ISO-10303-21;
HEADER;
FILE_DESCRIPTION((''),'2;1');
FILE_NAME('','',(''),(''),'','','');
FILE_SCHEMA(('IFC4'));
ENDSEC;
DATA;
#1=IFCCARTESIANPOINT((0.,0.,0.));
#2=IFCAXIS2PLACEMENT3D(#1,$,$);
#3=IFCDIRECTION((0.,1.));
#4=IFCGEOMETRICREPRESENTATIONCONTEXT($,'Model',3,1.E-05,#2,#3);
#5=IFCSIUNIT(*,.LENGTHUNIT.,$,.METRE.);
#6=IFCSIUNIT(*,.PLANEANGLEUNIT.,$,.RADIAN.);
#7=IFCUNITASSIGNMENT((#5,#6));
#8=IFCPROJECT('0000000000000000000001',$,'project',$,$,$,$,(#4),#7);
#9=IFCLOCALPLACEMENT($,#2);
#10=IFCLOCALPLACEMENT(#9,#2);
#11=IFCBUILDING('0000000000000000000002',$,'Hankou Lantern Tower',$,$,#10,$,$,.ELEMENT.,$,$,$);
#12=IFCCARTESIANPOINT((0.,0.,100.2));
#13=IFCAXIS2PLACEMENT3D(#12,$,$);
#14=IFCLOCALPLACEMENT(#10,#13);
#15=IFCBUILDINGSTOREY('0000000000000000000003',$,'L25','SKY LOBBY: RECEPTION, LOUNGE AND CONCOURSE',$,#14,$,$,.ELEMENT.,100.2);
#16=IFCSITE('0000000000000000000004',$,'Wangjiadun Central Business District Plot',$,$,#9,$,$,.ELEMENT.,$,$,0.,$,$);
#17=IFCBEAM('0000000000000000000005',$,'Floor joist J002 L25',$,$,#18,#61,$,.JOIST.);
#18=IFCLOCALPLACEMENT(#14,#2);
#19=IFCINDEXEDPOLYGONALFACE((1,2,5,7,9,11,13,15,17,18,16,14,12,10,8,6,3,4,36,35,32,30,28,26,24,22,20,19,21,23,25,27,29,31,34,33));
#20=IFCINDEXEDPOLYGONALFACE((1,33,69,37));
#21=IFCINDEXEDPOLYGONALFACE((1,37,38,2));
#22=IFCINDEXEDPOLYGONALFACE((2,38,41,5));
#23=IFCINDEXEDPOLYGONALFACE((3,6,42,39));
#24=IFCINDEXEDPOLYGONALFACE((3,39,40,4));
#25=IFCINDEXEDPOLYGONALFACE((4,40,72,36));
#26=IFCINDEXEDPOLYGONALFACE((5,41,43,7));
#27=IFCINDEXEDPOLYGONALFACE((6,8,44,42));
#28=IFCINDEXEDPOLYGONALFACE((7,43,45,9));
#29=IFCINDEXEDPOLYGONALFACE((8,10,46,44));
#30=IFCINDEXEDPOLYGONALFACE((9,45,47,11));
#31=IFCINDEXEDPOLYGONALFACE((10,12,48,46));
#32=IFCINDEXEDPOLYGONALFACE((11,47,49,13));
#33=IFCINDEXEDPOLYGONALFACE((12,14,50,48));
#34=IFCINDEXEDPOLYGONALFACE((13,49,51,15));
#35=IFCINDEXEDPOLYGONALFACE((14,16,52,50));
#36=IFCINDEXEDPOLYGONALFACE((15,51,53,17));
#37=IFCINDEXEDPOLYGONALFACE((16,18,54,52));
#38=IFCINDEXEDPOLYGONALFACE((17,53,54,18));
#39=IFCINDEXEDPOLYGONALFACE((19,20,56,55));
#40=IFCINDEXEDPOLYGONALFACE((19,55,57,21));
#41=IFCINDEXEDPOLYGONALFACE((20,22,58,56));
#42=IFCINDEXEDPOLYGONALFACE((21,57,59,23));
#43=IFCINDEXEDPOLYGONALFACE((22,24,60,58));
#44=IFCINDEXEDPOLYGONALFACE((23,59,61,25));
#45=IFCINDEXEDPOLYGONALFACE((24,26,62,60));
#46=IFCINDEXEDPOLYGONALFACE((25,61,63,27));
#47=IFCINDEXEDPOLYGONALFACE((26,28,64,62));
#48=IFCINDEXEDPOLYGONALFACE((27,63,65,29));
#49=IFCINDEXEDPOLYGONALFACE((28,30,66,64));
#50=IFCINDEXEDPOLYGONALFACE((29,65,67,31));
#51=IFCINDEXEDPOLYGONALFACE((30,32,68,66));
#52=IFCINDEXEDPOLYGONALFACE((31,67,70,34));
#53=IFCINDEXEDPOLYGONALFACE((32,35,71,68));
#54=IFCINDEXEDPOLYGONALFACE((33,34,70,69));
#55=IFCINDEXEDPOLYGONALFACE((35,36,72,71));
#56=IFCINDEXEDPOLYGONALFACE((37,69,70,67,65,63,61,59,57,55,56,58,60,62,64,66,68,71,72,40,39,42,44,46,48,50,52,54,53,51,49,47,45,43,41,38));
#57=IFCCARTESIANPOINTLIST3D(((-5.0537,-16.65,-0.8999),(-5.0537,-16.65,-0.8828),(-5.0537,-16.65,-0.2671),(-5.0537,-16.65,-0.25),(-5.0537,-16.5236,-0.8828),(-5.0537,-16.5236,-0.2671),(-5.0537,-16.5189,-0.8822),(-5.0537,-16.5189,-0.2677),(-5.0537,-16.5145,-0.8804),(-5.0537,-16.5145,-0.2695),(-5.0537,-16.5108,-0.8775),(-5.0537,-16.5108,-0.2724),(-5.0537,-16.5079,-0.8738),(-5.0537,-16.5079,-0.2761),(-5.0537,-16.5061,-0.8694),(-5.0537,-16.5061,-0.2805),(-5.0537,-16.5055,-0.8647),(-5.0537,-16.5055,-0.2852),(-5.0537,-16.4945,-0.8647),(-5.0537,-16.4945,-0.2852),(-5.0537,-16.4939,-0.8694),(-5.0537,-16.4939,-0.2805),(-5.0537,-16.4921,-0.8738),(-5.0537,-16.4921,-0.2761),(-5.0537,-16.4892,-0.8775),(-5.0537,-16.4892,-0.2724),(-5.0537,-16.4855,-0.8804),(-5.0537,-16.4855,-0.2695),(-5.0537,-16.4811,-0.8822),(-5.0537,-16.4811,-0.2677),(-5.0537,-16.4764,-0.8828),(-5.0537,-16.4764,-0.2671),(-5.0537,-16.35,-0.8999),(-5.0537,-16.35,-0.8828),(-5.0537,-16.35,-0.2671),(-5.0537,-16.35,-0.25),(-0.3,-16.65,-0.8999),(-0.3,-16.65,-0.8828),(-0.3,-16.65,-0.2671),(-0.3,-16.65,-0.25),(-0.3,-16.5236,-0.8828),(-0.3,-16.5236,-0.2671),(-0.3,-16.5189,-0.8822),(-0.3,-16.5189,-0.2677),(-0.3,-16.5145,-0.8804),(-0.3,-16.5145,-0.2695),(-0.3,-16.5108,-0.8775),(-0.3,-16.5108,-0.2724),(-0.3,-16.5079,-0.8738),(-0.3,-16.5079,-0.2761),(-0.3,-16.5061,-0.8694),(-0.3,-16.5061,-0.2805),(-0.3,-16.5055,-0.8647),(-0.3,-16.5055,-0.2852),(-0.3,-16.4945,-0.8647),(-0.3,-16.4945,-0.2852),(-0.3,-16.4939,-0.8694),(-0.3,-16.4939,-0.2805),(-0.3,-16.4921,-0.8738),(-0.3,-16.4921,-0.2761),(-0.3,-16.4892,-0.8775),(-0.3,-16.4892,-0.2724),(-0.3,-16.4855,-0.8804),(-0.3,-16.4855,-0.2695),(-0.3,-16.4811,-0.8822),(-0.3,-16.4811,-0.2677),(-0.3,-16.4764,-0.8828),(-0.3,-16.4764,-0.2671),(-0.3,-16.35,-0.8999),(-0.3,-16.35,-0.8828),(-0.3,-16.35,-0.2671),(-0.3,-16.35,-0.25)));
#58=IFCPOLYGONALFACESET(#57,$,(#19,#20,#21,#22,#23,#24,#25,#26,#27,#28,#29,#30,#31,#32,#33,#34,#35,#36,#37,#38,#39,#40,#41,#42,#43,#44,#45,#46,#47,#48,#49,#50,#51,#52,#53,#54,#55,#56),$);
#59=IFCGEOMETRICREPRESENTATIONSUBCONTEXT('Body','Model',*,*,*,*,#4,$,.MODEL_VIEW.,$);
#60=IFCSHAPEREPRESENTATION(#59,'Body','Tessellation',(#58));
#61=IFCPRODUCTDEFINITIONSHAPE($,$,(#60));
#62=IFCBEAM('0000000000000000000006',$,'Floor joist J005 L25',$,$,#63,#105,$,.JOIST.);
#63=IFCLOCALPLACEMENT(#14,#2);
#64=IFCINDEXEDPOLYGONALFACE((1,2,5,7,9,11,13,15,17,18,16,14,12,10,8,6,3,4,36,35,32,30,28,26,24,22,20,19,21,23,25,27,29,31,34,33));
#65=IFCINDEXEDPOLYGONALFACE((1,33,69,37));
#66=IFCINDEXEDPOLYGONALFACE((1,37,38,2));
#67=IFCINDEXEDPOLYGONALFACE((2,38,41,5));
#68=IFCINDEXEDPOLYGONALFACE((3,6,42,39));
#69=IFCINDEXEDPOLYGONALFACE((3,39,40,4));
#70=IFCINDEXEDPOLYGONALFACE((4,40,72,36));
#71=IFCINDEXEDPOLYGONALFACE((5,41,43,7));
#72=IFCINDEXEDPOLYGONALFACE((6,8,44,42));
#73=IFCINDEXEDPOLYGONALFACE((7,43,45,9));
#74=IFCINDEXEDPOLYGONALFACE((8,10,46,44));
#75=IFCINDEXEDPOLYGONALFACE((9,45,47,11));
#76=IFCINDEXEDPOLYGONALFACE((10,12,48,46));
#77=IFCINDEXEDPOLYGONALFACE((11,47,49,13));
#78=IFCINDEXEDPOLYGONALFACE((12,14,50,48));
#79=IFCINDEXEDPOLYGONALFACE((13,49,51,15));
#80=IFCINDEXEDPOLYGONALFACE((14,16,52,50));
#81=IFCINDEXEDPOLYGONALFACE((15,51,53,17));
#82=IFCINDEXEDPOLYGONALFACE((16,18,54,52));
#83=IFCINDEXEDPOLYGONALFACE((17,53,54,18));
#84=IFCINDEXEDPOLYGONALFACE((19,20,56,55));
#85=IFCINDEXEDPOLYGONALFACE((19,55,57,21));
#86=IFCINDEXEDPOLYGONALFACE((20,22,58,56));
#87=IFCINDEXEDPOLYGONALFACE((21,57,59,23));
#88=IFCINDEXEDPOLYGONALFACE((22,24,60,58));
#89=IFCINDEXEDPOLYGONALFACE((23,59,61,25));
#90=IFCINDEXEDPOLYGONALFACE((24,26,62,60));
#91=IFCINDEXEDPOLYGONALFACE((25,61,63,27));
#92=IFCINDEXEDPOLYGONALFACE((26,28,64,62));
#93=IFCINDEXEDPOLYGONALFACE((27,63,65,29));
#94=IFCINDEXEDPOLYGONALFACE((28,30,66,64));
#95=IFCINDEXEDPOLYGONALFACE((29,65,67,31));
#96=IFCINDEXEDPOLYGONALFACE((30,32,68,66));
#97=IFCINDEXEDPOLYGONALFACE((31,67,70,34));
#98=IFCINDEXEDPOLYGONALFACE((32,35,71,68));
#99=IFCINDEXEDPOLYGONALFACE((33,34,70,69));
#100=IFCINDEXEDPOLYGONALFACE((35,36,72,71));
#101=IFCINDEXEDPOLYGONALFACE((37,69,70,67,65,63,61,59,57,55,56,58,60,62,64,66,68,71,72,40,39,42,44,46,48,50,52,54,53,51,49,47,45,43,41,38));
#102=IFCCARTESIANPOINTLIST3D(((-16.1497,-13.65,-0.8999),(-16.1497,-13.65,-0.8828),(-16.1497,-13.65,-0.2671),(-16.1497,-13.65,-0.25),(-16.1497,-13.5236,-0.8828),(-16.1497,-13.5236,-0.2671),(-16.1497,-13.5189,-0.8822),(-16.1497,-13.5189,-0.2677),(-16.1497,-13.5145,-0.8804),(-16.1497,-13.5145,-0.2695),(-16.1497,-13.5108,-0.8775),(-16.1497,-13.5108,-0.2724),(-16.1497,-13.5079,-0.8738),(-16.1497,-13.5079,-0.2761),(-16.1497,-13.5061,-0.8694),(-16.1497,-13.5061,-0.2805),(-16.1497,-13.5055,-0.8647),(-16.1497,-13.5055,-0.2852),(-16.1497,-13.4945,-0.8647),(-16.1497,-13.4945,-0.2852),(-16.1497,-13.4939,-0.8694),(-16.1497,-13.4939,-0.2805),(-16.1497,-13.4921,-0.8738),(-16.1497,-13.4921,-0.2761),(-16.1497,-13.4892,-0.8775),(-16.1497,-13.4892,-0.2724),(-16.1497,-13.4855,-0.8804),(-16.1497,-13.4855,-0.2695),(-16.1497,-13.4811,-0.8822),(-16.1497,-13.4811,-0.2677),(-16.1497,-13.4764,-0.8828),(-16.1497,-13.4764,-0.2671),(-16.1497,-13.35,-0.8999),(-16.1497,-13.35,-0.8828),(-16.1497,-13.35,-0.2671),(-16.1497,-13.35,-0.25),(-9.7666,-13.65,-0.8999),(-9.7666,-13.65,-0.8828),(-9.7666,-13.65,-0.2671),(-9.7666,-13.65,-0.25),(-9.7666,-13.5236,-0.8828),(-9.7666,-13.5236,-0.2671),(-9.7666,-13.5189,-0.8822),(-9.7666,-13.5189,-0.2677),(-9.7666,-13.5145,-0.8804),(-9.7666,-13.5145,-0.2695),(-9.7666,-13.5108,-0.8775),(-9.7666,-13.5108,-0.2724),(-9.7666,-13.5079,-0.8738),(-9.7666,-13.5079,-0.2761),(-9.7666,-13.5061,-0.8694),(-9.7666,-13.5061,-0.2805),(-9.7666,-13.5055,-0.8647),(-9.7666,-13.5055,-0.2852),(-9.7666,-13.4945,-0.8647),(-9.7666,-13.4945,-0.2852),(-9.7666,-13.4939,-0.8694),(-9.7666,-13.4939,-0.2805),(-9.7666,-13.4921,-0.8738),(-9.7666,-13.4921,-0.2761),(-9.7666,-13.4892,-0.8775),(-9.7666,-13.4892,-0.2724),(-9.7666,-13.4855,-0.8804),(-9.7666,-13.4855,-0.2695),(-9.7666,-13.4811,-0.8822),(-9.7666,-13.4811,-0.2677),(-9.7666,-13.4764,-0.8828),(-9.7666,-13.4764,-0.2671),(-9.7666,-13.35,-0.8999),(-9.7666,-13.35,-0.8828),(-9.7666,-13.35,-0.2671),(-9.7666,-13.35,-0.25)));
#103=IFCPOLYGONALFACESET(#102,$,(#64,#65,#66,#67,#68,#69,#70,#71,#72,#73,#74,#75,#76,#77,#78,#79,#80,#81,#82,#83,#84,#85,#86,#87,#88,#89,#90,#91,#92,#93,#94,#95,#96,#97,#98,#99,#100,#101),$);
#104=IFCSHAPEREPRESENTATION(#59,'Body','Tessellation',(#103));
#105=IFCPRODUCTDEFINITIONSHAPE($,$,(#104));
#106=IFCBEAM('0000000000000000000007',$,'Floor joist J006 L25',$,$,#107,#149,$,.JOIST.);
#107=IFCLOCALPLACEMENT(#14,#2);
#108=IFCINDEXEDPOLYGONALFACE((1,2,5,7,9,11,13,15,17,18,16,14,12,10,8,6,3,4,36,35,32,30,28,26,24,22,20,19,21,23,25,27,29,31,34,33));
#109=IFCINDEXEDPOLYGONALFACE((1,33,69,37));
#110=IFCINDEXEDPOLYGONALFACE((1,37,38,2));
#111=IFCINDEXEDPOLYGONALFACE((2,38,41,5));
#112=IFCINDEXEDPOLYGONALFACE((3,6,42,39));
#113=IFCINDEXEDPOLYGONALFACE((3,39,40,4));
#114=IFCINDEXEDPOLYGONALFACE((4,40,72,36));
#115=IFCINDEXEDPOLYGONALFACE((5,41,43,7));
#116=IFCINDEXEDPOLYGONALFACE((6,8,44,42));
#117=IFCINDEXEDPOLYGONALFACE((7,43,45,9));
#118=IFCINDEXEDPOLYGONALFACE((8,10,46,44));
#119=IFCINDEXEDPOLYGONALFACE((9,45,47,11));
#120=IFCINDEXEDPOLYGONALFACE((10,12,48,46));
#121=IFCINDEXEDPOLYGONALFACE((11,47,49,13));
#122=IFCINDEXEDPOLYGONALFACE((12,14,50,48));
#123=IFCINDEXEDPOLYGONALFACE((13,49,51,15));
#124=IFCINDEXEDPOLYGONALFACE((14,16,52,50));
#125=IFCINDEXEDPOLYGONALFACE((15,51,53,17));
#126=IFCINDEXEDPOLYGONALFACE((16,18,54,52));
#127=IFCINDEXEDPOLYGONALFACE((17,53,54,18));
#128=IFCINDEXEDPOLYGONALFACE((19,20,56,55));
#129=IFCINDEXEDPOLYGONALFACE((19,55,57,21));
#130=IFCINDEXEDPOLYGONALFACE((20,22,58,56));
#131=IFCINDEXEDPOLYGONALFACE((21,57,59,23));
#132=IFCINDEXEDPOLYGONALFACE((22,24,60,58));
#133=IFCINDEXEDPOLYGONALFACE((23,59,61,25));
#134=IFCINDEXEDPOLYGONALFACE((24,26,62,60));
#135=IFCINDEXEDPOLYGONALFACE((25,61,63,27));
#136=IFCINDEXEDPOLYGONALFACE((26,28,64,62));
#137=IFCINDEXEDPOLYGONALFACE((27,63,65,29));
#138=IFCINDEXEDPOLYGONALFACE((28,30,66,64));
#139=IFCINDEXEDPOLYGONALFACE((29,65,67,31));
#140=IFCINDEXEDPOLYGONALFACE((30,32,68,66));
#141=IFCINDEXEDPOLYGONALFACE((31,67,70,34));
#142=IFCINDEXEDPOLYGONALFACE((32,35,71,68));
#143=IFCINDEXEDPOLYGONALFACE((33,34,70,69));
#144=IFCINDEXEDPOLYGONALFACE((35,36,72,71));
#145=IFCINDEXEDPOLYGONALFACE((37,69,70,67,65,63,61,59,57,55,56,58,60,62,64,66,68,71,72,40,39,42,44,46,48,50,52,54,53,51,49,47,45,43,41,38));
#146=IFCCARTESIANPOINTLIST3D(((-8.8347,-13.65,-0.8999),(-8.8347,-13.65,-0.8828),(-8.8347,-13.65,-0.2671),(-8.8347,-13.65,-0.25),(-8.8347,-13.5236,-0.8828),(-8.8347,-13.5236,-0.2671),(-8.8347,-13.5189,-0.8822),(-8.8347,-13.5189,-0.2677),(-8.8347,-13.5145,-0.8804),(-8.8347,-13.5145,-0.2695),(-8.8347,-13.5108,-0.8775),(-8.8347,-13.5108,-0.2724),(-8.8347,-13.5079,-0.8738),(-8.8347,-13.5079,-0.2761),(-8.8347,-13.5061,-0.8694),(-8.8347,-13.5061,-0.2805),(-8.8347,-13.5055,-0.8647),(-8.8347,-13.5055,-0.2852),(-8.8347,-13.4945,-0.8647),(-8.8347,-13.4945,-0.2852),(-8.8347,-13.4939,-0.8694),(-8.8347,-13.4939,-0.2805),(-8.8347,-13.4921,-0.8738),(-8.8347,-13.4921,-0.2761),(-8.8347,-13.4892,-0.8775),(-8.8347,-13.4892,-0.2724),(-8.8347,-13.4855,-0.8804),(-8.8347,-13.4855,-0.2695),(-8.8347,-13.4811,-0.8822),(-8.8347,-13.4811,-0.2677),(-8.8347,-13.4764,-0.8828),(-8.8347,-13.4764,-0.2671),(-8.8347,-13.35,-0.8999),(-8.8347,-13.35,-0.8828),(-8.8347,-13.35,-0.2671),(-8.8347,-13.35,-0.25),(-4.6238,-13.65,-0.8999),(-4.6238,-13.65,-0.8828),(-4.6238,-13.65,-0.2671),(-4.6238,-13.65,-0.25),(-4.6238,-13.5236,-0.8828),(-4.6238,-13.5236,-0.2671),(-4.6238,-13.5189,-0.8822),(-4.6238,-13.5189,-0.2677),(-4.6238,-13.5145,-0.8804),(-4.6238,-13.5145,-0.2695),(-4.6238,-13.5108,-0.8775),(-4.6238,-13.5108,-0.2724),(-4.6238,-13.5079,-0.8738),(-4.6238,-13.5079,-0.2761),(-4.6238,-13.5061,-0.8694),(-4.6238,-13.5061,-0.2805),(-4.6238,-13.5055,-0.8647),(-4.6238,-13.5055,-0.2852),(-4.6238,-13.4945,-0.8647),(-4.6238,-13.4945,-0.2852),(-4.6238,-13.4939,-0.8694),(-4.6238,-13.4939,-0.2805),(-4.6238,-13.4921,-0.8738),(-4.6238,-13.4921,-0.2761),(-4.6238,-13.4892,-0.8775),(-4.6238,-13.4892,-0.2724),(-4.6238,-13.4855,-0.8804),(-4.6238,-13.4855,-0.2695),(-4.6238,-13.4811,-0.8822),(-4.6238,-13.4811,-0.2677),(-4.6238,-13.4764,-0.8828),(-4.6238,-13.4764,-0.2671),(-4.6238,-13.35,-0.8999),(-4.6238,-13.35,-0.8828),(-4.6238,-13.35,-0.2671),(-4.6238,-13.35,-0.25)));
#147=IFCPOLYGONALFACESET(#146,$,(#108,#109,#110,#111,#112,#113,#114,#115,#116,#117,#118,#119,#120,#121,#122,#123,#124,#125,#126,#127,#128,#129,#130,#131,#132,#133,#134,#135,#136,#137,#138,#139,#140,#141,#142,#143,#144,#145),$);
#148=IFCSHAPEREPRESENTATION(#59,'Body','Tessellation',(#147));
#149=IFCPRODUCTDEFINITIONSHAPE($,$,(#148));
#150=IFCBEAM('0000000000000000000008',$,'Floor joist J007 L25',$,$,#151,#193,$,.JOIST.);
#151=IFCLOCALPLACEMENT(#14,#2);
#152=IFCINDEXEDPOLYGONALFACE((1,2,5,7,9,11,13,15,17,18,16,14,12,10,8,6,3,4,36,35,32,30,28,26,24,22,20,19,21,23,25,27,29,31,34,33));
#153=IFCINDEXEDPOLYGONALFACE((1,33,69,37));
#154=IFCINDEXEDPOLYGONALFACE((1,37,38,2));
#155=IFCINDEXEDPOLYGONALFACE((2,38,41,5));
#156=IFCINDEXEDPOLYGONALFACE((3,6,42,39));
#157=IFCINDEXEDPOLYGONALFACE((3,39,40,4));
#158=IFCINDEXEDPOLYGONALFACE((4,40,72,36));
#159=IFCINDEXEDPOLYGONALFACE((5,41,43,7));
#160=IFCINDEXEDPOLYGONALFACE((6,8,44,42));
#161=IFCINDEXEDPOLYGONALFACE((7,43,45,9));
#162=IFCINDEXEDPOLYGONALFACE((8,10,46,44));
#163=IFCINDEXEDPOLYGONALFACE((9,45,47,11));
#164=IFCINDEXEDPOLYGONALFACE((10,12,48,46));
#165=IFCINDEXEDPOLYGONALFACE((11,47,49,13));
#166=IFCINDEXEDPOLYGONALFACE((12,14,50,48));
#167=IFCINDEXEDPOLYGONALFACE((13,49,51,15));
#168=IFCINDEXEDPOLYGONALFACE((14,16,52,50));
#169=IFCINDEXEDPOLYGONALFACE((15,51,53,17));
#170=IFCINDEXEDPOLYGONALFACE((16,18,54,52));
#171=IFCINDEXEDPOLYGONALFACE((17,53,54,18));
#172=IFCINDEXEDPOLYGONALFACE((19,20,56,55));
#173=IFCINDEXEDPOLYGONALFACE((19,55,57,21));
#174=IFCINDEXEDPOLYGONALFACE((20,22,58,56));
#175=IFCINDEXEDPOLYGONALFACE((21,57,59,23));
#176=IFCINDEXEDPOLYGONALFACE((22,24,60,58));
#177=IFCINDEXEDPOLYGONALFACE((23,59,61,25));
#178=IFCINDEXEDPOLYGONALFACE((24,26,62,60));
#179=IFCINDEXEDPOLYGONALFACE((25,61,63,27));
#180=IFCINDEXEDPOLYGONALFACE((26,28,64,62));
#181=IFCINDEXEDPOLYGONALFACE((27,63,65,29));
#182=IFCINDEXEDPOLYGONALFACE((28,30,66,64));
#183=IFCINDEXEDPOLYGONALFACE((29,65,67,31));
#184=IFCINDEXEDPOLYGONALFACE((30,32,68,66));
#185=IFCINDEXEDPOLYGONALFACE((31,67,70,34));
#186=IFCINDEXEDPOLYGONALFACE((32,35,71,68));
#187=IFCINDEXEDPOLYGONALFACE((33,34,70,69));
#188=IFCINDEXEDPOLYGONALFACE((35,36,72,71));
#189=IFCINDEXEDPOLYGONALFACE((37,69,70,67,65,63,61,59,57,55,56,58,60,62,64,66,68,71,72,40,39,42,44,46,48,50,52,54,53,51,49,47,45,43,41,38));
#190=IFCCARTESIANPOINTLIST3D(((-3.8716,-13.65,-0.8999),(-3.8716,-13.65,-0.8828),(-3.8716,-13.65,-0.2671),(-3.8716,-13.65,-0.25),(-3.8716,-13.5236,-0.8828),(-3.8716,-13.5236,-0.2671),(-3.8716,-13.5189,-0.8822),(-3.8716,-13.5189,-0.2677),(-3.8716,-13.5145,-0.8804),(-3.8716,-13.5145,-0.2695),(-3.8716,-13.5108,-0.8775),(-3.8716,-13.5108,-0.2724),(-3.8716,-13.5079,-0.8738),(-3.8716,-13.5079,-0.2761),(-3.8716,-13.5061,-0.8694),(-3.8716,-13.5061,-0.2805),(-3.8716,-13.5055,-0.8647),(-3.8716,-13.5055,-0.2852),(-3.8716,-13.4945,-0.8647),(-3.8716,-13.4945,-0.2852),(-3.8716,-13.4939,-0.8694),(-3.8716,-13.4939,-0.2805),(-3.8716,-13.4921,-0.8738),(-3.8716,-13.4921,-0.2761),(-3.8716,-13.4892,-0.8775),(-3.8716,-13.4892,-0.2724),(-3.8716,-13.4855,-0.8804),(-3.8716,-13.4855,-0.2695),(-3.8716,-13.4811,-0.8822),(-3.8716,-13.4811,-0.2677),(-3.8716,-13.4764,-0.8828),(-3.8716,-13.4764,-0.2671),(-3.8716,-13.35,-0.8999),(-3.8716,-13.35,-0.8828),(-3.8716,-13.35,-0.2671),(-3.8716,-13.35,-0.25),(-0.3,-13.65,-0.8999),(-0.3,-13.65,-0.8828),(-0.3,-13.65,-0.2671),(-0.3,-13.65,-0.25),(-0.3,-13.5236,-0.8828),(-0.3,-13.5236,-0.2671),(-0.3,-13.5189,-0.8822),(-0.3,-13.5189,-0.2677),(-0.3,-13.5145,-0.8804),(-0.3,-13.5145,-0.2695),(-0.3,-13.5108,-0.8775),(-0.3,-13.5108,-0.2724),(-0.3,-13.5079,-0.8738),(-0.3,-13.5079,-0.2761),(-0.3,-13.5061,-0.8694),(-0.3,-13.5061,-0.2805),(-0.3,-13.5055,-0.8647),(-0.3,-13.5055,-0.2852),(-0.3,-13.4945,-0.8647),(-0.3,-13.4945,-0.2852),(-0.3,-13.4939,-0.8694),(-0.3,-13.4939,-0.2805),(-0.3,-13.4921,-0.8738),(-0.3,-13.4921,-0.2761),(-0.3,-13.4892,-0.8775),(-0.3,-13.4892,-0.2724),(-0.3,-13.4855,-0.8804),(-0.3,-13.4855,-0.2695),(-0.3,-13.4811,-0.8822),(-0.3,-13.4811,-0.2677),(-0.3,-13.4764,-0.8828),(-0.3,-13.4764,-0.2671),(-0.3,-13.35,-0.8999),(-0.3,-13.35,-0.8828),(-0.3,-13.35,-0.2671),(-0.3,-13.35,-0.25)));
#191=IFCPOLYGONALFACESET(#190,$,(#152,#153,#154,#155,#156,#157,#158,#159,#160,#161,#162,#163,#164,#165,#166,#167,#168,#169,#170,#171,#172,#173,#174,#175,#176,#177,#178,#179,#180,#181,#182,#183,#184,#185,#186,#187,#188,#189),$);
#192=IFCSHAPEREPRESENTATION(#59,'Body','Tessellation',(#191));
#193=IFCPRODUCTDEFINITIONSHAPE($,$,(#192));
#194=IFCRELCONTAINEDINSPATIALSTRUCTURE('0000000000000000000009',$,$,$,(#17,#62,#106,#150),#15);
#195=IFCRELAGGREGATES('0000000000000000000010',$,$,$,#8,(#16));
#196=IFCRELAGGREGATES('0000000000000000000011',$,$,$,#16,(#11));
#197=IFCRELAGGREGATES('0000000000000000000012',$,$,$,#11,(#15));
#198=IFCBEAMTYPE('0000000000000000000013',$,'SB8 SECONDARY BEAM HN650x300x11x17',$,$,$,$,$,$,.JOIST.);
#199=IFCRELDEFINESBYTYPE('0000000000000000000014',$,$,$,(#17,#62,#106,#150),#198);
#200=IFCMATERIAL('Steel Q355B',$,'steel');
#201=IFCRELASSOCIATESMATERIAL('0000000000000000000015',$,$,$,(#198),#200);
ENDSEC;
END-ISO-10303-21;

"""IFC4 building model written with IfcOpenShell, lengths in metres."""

from ifc_helpers import new_model, si_unit, direction, frame, origin, origin_2d, place, context, subcontext, project, spatial, i_section, extrude, material, material_profile, profile_set, type_object, element, save


model = new_model("IFC4")

# Units and contexts
model_context = context("Model", 3, precision=1e-05, world=origin(), true_north=direction((0.0, 1.0)))
body_context = subcontext(model_context, "Body", "Model", "MODEL_VIEW")
ifc_project = project(units=[si_unit("LENGTHUNIT", "METRE"), si_unit("PLANEANGLEUNIT", "RADIAN")], contexts=[model_context])

# Site, building, storey
site_placement = place(None, origin())
site = spatial("IfcSite", under=ifc_project, at=site_placement, Name="Wangjiadun Central Business District Plot", CompositionType="ELEMENT", RefElevation=0.0)
building_placement = place(site_placement, origin())
building = spatial("IfcBuilding", under=site, at=building_placement, Name="Hankou Lantern Tower", CompositionType="ELEMENT")
storey_placement = place(building_placement, frame((0.0, 0.0, 100.2)))
storey = spatial("IfcBuildingStorey", under=building, at=storey_placement, Name="L25", Description="SKY LOBBY: RECEPTION, LOUNGE AND CONCOURSE", CompositionType="ELEMENT", Elevation=100.2)

# Beams
ifc_material_1 = material(Name="Steel Q355B", Category="steel")
ifc_material_profile_1 = material_profile(ifc_material_1, i_section(OverallWidth=0.3, OverallDepth=0.6499, WebThickness=0.011, FlangeThickness=0.0171, FilletRadius=0.0181, at=origin_2d()), Name="HN650x300x11x17")
ifc_profile_set_1 = profile_set([ifc_material_profile_1], Name="Steel Q355B")
beam_type_1 = type_object("IfcBeamType", Name="SB8 SECONDARY BEAM HN650x300x11x17", PredefinedType="JOIST", material=ifc_profile_set_1)
beam_1_placement = place(storey_placement, frame((-5.0537, -16.5, -0.575), z_axis=(1.0, 0.0, 0.0), x_axis=(0.0, 1.0, 0.0)))
element("IfcBeam", 1, at=beam_1_placement, inside=storey, type_object=beam_type_1, Name="Floor joist J002 L25", PredefinedType="JOIST", context=body_context, shape_type="SweptSolid", body=[
    extrude(i_section(OverallWidth=0.3, OverallDepth=0.6499, WebThickness=0.011, FlangeThickness=0.0171, FilletRadius=0.0181, at=origin_2d()), origin(), (0.0, 0.0, 1.0), 4.7537),
])
beam_2_placement = place(storey_placement, frame((-16.1497, -13.5, -0.575), z_axis=(1.0, 0.0, 0.0), x_axis=(0.0, 1.0, 0.0)))
element("IfcBeam", 2, at=beam_2_placement, inside=storey, type_object=beam_type_1, Name="Floor joist J005 L25", PredefinedType="JOIST", context=body_context, shape_type="SweptSolid", body=[
    extrude(i_section(OverallWidth=0.3, OverallDepth=0.6499, WebThickness=0.011, FlangeThickness=0.0171, FilletRadius=0.0181, at=origin_2d()), origin(), (0.0, 0.0, 1.0), 6.3831),
])
beam_3_placement = place(storey_placement, frame((-8.8347, -13.5, -0.575), z_axis=(1.0, 0.0, 0.0), x_axis=(0.0, 1.0, 0.0)))
element("IfcBeam", 3, at=beam_3_placement, inside=storey, type_object=beam_type_1, Name="Floor joist J006 L25", PredefinedType="JOIST", context=body_context, shape_type="SweptSolid", body=[
    extrude(i_section(OverallWidth=0.3, OverallDepth=0.6499, WebThickness=0.011, FlangeThickness=0.0171, FilletRadius=0.0181, at=origin_2d()), origin(), (0.0, 0.0, 1.0), 4.2109),
])
beam_4_placement = place(storey_placement, frame((-3.8716, -13.5, -0.575), z_axis=(1.0, 0.0, 0.0), x_axis=(0.0, 1.0, 0.0)))
element("IfcBeam", 4, at=beam_4_placement, inside=storey, type_object=beam_type_1, Name="Floor joist J007 L25", PredefinedType="JOIST", context=body_context, shape_type="SweptSolid", body=[
    extrude(i_section(OverallWidth=0.3, OverallDepth=0.6499, WebThickness=0.011, FlangeThickness=0.0171, FilletRadius=0.0181, at=origin_2d()), origin(), (0.0, 0.0, 1.0), 3.5715),
])

save(model, "model.ifc")
